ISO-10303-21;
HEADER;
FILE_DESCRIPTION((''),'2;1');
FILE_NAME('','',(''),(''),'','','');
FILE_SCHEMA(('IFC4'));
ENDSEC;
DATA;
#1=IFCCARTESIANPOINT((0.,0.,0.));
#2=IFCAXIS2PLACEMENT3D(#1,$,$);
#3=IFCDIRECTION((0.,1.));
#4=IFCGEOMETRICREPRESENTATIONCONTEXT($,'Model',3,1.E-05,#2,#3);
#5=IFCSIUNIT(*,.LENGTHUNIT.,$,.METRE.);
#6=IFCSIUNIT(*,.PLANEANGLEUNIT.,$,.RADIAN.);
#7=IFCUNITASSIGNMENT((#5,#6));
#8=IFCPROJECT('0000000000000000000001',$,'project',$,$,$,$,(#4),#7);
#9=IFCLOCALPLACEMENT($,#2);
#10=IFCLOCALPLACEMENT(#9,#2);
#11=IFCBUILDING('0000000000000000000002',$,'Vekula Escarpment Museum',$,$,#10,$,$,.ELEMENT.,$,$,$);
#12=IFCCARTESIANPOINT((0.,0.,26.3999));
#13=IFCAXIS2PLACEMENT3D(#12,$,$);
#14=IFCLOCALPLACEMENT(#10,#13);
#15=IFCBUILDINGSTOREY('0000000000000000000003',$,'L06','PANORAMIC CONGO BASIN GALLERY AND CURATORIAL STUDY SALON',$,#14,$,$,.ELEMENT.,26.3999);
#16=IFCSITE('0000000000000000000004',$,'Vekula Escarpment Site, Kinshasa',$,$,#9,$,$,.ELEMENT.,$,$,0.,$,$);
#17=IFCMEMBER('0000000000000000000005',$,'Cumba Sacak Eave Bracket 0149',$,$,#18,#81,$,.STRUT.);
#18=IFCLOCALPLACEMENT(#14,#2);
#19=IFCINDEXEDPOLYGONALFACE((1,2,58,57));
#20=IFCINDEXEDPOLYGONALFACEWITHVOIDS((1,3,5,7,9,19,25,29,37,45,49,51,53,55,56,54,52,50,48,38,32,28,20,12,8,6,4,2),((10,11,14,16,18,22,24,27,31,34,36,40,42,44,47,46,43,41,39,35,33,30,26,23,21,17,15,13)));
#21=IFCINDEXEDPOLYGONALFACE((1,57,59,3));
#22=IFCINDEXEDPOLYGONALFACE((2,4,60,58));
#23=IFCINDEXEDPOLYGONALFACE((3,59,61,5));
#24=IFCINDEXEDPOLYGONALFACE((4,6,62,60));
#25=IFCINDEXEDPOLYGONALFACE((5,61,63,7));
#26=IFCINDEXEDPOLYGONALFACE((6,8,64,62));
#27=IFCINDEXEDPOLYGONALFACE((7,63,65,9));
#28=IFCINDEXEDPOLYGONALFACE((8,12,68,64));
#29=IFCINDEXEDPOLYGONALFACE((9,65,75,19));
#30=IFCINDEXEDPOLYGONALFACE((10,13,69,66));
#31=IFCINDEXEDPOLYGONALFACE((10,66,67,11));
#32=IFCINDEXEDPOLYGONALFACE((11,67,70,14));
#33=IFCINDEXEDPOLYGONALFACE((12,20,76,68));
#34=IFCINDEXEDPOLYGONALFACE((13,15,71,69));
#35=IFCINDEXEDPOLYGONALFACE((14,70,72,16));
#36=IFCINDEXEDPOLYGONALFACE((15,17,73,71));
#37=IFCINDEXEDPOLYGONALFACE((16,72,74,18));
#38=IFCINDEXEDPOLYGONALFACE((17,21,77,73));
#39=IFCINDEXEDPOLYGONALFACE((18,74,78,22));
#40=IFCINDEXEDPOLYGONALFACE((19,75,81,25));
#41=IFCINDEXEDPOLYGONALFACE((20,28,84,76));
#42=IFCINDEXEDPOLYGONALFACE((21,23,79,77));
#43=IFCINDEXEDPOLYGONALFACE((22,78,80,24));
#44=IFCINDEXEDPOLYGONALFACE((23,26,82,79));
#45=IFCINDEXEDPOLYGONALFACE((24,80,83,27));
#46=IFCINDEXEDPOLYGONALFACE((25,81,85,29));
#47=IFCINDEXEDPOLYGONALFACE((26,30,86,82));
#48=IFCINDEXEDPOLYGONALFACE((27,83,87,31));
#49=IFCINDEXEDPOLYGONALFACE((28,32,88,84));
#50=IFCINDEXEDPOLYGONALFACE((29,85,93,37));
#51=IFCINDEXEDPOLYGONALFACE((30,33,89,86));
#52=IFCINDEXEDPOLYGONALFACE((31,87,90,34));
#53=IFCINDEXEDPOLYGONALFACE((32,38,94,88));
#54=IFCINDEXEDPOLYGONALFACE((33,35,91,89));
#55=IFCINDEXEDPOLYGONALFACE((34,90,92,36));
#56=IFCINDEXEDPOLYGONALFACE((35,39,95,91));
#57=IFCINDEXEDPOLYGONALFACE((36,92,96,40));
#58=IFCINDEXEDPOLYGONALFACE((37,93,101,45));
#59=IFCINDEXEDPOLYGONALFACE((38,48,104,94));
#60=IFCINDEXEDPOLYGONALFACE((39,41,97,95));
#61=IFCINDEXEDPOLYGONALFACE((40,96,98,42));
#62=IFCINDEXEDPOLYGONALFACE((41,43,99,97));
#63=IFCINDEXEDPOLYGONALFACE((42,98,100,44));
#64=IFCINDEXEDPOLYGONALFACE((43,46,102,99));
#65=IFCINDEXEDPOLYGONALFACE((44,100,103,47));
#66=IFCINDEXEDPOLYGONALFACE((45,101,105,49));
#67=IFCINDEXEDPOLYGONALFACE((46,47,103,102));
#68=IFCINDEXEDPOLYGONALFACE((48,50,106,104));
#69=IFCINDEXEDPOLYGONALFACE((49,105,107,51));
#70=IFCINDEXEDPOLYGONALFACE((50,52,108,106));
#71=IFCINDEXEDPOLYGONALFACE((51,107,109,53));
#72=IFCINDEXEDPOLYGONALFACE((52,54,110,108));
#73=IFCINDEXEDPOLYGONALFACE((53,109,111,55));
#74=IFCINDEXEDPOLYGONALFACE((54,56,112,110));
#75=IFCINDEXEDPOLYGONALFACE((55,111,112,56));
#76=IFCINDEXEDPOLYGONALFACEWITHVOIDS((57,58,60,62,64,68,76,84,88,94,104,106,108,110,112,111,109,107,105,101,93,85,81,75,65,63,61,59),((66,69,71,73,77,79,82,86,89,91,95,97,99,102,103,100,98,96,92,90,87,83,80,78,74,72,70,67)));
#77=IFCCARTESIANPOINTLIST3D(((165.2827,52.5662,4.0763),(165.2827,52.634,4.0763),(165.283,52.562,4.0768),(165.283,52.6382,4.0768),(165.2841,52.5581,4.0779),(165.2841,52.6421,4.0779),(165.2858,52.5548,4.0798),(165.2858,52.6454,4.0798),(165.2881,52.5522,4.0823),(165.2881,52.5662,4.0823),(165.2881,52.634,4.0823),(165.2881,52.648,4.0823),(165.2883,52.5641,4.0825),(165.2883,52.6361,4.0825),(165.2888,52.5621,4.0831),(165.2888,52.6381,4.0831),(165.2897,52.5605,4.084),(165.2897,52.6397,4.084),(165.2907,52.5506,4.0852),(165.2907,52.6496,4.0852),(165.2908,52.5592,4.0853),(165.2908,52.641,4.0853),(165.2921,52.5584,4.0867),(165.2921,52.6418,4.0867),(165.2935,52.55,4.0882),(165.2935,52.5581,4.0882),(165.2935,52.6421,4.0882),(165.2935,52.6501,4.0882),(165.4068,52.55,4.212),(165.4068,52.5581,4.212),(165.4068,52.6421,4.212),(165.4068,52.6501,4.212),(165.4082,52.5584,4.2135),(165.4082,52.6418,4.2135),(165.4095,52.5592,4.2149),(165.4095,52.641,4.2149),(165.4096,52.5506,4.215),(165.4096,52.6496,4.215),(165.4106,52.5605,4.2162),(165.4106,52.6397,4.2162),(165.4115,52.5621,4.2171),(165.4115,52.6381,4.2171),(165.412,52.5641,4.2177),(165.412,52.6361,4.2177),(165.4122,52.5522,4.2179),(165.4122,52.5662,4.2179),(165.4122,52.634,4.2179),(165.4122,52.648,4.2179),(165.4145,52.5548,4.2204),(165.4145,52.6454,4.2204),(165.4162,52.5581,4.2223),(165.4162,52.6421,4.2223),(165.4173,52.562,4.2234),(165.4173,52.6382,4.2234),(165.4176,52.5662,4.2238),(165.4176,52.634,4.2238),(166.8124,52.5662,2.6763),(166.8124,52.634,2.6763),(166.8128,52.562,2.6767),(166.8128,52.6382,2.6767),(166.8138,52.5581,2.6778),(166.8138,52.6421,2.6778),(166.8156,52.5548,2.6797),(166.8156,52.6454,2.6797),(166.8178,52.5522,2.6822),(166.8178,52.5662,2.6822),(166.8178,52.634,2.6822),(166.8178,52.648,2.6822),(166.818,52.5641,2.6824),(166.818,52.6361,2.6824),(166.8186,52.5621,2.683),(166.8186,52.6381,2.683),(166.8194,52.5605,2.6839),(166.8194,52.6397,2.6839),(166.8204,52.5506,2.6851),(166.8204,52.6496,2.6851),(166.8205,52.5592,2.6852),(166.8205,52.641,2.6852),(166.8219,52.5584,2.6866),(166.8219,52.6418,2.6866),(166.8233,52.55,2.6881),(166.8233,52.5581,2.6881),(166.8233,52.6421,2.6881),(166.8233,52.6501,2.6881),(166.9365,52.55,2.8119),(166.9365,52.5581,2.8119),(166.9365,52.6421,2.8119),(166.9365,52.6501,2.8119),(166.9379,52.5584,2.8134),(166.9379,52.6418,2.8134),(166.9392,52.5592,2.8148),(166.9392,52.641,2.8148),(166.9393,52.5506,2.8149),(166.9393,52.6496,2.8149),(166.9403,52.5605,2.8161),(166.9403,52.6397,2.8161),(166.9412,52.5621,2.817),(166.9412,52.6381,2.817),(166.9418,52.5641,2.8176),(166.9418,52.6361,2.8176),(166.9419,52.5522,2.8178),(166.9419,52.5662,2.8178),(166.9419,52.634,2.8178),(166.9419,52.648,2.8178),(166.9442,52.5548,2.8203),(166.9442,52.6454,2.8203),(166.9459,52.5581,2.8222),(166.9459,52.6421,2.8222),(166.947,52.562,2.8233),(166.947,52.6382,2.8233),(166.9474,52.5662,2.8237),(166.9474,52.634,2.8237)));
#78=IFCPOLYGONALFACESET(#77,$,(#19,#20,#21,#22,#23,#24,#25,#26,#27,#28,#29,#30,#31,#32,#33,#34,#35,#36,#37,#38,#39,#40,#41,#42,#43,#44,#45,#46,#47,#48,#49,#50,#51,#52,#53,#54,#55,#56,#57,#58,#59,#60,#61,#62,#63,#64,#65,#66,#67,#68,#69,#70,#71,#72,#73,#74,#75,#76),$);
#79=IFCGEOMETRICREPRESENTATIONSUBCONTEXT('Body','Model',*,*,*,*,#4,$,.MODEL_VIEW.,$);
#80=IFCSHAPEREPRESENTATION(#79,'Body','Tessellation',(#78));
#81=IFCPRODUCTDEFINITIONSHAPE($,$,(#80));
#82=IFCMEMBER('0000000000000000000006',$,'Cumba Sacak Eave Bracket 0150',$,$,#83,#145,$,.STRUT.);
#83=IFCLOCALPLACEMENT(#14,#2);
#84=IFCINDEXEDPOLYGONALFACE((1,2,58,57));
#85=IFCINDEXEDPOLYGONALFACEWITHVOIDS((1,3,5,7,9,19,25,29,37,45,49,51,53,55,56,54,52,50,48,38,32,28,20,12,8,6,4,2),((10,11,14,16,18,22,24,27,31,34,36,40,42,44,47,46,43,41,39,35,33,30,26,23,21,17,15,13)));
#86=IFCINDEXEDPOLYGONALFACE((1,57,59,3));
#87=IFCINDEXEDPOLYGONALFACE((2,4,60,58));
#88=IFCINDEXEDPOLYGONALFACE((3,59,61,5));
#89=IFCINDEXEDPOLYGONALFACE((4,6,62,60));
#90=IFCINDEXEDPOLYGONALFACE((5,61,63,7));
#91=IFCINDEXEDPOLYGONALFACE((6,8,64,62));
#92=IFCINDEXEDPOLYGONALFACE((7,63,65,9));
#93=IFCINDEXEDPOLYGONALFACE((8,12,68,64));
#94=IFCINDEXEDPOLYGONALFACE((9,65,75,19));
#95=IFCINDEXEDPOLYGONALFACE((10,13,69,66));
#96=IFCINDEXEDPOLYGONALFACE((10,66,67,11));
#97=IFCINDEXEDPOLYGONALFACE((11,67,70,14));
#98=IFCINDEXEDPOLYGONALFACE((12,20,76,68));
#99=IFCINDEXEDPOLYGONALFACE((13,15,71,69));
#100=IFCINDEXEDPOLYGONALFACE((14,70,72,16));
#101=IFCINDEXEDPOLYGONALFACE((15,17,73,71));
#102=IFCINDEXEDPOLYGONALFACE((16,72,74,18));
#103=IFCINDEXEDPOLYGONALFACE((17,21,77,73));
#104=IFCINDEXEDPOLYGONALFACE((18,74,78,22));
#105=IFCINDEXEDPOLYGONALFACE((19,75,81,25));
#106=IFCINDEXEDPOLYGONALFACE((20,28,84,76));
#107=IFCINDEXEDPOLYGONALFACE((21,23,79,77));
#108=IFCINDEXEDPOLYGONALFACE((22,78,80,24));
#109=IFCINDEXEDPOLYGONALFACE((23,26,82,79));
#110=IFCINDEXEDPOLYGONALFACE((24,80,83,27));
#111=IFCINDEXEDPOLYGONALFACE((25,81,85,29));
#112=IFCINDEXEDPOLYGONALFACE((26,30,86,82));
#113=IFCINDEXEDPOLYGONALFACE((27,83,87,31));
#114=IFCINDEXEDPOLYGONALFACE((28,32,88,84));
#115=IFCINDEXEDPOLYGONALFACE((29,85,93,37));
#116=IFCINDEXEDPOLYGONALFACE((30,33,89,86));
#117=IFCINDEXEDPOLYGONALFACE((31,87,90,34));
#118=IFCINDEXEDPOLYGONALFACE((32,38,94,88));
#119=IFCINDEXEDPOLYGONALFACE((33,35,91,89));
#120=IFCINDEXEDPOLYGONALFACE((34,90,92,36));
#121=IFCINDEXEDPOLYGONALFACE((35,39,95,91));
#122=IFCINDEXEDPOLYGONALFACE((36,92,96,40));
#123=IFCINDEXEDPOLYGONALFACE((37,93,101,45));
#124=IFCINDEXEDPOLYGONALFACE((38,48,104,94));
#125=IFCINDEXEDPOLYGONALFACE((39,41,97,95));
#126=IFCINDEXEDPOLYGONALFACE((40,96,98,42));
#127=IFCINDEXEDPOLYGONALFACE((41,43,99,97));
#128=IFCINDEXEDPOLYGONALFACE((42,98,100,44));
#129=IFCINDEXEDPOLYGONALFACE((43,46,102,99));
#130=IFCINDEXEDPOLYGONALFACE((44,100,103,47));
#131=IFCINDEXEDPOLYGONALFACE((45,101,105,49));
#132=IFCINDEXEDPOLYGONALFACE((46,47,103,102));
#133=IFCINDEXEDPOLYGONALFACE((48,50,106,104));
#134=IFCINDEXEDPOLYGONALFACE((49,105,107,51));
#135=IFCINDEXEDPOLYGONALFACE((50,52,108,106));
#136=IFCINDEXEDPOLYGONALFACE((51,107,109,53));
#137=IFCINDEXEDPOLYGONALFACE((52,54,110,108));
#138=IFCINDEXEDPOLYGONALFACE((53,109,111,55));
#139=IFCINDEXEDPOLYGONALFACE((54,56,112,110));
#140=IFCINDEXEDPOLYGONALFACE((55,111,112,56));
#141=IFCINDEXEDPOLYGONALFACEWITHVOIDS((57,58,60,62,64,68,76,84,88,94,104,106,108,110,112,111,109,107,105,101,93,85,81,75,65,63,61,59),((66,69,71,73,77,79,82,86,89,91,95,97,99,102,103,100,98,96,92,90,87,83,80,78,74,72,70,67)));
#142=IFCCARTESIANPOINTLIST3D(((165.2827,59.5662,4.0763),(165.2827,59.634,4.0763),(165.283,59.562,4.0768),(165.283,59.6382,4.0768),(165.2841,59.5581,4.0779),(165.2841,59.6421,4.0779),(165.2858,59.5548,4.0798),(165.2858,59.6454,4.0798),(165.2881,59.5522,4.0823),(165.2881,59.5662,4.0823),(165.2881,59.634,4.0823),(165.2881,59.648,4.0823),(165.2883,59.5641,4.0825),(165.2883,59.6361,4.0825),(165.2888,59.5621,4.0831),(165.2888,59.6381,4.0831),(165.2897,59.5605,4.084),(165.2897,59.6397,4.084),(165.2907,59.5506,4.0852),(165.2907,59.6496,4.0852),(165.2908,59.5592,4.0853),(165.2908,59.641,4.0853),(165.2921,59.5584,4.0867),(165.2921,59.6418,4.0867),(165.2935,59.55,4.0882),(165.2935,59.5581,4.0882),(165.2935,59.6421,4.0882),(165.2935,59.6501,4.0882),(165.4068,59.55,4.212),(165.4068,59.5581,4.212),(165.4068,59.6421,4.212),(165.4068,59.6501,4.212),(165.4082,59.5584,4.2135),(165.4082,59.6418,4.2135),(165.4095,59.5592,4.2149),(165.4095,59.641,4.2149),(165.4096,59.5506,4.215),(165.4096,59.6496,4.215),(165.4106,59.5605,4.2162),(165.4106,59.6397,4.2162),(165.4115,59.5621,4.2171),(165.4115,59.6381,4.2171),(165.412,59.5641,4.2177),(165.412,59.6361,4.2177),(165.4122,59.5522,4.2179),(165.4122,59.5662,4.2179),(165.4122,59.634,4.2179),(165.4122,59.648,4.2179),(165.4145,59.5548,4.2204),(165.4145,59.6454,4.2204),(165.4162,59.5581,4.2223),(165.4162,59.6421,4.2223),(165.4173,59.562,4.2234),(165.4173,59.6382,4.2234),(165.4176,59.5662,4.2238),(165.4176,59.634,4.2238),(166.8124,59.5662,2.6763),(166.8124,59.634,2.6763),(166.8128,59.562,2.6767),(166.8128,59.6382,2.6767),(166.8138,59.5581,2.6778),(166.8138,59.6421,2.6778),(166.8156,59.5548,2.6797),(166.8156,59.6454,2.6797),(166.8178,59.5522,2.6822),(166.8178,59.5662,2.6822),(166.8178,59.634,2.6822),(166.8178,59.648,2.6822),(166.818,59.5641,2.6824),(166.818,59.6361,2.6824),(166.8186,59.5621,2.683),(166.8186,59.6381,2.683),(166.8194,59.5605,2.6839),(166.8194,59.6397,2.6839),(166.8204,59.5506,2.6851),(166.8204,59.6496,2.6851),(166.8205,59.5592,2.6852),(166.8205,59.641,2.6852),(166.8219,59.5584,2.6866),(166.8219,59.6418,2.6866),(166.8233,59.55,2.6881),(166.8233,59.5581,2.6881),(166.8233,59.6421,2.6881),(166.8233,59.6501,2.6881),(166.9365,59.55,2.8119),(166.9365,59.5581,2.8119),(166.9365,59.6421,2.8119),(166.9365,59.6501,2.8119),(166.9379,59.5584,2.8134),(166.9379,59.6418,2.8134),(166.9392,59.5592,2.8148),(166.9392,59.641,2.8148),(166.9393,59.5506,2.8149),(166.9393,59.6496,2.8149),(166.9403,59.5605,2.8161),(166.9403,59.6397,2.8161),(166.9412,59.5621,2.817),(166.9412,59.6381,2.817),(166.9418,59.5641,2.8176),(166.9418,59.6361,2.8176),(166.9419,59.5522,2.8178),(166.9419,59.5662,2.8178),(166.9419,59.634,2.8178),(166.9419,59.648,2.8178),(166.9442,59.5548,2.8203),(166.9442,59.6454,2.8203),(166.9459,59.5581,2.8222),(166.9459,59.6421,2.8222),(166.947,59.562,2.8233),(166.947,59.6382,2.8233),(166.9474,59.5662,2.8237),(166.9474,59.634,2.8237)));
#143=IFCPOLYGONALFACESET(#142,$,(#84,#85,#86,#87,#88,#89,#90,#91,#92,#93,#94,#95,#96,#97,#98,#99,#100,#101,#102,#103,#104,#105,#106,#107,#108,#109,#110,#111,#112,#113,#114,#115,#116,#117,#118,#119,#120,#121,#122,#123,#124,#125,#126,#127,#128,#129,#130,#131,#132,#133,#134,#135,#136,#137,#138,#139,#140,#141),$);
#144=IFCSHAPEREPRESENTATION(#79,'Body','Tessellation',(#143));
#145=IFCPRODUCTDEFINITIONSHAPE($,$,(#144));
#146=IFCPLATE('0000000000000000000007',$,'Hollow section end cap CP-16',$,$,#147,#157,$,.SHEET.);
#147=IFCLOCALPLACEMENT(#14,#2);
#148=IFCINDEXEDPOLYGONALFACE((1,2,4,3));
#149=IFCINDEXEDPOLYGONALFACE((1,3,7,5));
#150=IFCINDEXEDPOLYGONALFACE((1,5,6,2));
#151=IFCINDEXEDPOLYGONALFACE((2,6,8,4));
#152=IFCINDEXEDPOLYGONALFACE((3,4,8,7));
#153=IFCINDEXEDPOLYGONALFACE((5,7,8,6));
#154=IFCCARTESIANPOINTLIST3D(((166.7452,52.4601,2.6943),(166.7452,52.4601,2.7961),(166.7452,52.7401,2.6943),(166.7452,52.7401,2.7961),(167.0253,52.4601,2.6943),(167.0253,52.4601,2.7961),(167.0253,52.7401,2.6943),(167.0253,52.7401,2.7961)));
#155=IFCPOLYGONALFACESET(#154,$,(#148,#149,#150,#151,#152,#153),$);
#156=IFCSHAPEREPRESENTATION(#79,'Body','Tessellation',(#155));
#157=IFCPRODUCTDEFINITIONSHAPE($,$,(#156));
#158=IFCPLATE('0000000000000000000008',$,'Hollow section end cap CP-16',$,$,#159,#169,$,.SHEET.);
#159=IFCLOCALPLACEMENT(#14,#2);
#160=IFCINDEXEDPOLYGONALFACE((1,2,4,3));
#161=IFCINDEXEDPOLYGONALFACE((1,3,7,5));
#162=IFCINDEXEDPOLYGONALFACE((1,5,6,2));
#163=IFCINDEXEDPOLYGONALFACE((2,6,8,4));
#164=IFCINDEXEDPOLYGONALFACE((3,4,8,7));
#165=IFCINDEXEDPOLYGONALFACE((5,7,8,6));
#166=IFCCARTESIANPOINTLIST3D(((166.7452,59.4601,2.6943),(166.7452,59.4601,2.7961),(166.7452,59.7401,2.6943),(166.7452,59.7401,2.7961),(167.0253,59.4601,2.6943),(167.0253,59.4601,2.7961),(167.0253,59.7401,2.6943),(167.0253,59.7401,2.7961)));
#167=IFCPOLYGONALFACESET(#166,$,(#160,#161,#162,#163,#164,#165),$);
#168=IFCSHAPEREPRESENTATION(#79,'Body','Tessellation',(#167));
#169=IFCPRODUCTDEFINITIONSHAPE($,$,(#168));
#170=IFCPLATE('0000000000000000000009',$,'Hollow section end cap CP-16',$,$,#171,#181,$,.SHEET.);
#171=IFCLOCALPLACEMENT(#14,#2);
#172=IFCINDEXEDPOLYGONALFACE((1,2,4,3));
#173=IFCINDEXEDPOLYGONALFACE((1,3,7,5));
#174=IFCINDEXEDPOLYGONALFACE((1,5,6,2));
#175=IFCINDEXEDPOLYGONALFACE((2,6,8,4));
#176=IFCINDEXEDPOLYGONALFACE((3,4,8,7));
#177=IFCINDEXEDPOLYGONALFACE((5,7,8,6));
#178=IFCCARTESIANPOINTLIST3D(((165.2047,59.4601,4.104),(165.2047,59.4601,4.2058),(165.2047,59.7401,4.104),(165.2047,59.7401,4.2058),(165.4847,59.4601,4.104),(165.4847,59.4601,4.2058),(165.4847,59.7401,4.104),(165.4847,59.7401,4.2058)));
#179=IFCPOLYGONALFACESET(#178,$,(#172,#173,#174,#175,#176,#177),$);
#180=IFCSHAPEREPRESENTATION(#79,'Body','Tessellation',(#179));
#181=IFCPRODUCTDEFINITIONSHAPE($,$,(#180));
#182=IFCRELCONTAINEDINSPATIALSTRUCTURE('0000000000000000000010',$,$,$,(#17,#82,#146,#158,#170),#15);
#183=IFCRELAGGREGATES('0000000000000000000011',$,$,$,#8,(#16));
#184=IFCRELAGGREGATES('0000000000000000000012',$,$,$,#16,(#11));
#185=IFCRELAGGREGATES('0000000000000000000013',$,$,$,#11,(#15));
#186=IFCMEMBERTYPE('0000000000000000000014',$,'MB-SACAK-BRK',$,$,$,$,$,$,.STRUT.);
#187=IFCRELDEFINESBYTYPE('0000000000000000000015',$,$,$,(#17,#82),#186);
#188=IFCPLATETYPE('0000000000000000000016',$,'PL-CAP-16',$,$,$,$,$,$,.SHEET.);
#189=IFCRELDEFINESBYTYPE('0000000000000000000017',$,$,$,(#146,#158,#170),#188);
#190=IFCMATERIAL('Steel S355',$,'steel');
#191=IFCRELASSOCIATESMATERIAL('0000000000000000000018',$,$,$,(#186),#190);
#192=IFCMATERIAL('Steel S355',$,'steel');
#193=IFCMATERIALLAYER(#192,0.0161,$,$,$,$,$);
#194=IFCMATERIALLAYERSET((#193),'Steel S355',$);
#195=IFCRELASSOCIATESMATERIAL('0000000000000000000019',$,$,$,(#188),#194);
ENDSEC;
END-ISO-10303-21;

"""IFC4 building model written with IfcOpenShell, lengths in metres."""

from ifc_helpers import new_model, si_unit, direction, frame, origin, origin_2d, place, context, subcontext, project, spatial, rectangle, hollow_rectangle, extrude, material, layer, layer_set, material_profile, profile_set, type_object, element, save


model = new_model("IFC4")

# Units and contexts
model_context = context("Model", 3, precision=1e-05, world=origin(), true_north=direction((0.0, 1.0)))
body_context = subcontext(model_context, "Body", "Model", "MODEL_VIEW")
ifc_project = project(units=[si_unit("LENGTHUNIT", "METRE"), si_unit("PLANEANGLEUNIT", "RADIAN")], contexts=[model_context])

# Site, building, storey
site_placement = place(None, origin())
site = spatial("IfcSite", under=ifc_project, at=site_placement, Name="Vekula Escarpment Site, Kinshasa", CompositionType="ELEMENT", RefElevation=0.0)
building_placement = place(site_placement, origin())
building = spatial("IfcBuilding", under=site, at=building_placement, Name="Vekula Escarpment Museum", CompositionType="ELEMENT")
storey_placement = place(building_placement, frame((0.0, 0.0, 26.3999)))
storey = spatial("IfcBuildingStorey", under=building, at=storey_placement, Name="L06", Description="PANORAMIC CONGO BASIN GALLERY AND CURATORIAL STUDY SALON", CompositionType="ELEMENT", Elevation=26.3999)

# Members
ifc_material_1 = material(Name="Steel S355", Category="steel")
ifc_material_profile_1 = material_profile(ifc_material_1, hollow_rectangle(XDim=0.1001, YDim=0.2, WallThickness=0.0081, InnerFilletRadius=0.0081, OuterFilletRadius=0.0161, at=origin_2d()), Name="RHS 200x100x8")
ifc_profile_set_1 = profile_set([ifc_material_profile_1], Name="Steel S355")
member_type = type_object("IfcMemberType", Name="MB-SACAK-BRK", PredefinedType="STRUT", material=ifc_profile_set_1)
for number, where, z_axis, x_axis, name in (
    (1, (166.8799, 52.6001, 2.75), (-0.737672, 0.0, 0.675159), (0.0, -1.0, 0.0), "Cumba Sacak Eave Bracket 0149"),
    (2, (166.8799, 59.6001, 2.75), (-0.737672, 0.0, 0.675159), (0.0, -1.0, 0.0), "Cumba Sacak Eave Bracket 0150"),
):
    element("IfcMember", number, at=place(storey_placement, frame(where, z_axis=z_axis, x_axis=x_axis)), inside=storey, type_object=member_type, Name=name, PredefinedType="STRUT", context=body_context, shape_type="SweptSolid", body=[
        extrude(hollow_rectangle(XDim=0.1001, YDim=0.2, WallThickness=0.0081, InnerFilletRadius=0.0081, OuterFilletRadius=0.0161, at=origin_2d()), origin(), (0.0, 0.0, 1.0), 2.0737),
    ])

# Plates
ifc_material_2 = material(Name="Steel S355", Category="steel")
ifc_layer_1 = layer(ifc_material_2, 0.0161)
ifc_layer_set_1 = layer_set([ifc_layer_1], Name="Steel S355")
plate_type = type_object("IfcPlateType", Name="PL-CAP-16", PredefinedType="SHEET", material=ifc_layer_set_1)
for number, where, z_axis, x_axis, name in (
    (3, (166.8853, 52.6001, 2.6943), (0.0, 0.0, 1.0), (1.0, 0.0, 0.0), "Hollow section end cap CP-16"),
    (4, (166.8853, 59.6001, 2.6943), (0.0, 0.0, 1.0), (1.0, 0.0, 0.0), "Hollow section end cap CP-16"),
    (5, (165.3447, 59.6001, 4.104), (0.0, 0.0, 1.0), (1.0, 0.0, 0.0), "Hollow section end cap CP-16"),
):
    element("IfcPlate", number, at=place(storey_placement, frame(where, z_axis=z_axis, x_axis=x_axis)), inside=storey, type_object=plate_type, Name=name, PredefinedType="SHEET", context=body_context, shape_type="SweptSolid", body=[
        extrude(rectangle(XDim=0.28, YDim=0.28, at=origin_2d()), origin(), (0.0, 0.0, 1.0), 0.1018),
    ])

save(model, "model.ifc")
